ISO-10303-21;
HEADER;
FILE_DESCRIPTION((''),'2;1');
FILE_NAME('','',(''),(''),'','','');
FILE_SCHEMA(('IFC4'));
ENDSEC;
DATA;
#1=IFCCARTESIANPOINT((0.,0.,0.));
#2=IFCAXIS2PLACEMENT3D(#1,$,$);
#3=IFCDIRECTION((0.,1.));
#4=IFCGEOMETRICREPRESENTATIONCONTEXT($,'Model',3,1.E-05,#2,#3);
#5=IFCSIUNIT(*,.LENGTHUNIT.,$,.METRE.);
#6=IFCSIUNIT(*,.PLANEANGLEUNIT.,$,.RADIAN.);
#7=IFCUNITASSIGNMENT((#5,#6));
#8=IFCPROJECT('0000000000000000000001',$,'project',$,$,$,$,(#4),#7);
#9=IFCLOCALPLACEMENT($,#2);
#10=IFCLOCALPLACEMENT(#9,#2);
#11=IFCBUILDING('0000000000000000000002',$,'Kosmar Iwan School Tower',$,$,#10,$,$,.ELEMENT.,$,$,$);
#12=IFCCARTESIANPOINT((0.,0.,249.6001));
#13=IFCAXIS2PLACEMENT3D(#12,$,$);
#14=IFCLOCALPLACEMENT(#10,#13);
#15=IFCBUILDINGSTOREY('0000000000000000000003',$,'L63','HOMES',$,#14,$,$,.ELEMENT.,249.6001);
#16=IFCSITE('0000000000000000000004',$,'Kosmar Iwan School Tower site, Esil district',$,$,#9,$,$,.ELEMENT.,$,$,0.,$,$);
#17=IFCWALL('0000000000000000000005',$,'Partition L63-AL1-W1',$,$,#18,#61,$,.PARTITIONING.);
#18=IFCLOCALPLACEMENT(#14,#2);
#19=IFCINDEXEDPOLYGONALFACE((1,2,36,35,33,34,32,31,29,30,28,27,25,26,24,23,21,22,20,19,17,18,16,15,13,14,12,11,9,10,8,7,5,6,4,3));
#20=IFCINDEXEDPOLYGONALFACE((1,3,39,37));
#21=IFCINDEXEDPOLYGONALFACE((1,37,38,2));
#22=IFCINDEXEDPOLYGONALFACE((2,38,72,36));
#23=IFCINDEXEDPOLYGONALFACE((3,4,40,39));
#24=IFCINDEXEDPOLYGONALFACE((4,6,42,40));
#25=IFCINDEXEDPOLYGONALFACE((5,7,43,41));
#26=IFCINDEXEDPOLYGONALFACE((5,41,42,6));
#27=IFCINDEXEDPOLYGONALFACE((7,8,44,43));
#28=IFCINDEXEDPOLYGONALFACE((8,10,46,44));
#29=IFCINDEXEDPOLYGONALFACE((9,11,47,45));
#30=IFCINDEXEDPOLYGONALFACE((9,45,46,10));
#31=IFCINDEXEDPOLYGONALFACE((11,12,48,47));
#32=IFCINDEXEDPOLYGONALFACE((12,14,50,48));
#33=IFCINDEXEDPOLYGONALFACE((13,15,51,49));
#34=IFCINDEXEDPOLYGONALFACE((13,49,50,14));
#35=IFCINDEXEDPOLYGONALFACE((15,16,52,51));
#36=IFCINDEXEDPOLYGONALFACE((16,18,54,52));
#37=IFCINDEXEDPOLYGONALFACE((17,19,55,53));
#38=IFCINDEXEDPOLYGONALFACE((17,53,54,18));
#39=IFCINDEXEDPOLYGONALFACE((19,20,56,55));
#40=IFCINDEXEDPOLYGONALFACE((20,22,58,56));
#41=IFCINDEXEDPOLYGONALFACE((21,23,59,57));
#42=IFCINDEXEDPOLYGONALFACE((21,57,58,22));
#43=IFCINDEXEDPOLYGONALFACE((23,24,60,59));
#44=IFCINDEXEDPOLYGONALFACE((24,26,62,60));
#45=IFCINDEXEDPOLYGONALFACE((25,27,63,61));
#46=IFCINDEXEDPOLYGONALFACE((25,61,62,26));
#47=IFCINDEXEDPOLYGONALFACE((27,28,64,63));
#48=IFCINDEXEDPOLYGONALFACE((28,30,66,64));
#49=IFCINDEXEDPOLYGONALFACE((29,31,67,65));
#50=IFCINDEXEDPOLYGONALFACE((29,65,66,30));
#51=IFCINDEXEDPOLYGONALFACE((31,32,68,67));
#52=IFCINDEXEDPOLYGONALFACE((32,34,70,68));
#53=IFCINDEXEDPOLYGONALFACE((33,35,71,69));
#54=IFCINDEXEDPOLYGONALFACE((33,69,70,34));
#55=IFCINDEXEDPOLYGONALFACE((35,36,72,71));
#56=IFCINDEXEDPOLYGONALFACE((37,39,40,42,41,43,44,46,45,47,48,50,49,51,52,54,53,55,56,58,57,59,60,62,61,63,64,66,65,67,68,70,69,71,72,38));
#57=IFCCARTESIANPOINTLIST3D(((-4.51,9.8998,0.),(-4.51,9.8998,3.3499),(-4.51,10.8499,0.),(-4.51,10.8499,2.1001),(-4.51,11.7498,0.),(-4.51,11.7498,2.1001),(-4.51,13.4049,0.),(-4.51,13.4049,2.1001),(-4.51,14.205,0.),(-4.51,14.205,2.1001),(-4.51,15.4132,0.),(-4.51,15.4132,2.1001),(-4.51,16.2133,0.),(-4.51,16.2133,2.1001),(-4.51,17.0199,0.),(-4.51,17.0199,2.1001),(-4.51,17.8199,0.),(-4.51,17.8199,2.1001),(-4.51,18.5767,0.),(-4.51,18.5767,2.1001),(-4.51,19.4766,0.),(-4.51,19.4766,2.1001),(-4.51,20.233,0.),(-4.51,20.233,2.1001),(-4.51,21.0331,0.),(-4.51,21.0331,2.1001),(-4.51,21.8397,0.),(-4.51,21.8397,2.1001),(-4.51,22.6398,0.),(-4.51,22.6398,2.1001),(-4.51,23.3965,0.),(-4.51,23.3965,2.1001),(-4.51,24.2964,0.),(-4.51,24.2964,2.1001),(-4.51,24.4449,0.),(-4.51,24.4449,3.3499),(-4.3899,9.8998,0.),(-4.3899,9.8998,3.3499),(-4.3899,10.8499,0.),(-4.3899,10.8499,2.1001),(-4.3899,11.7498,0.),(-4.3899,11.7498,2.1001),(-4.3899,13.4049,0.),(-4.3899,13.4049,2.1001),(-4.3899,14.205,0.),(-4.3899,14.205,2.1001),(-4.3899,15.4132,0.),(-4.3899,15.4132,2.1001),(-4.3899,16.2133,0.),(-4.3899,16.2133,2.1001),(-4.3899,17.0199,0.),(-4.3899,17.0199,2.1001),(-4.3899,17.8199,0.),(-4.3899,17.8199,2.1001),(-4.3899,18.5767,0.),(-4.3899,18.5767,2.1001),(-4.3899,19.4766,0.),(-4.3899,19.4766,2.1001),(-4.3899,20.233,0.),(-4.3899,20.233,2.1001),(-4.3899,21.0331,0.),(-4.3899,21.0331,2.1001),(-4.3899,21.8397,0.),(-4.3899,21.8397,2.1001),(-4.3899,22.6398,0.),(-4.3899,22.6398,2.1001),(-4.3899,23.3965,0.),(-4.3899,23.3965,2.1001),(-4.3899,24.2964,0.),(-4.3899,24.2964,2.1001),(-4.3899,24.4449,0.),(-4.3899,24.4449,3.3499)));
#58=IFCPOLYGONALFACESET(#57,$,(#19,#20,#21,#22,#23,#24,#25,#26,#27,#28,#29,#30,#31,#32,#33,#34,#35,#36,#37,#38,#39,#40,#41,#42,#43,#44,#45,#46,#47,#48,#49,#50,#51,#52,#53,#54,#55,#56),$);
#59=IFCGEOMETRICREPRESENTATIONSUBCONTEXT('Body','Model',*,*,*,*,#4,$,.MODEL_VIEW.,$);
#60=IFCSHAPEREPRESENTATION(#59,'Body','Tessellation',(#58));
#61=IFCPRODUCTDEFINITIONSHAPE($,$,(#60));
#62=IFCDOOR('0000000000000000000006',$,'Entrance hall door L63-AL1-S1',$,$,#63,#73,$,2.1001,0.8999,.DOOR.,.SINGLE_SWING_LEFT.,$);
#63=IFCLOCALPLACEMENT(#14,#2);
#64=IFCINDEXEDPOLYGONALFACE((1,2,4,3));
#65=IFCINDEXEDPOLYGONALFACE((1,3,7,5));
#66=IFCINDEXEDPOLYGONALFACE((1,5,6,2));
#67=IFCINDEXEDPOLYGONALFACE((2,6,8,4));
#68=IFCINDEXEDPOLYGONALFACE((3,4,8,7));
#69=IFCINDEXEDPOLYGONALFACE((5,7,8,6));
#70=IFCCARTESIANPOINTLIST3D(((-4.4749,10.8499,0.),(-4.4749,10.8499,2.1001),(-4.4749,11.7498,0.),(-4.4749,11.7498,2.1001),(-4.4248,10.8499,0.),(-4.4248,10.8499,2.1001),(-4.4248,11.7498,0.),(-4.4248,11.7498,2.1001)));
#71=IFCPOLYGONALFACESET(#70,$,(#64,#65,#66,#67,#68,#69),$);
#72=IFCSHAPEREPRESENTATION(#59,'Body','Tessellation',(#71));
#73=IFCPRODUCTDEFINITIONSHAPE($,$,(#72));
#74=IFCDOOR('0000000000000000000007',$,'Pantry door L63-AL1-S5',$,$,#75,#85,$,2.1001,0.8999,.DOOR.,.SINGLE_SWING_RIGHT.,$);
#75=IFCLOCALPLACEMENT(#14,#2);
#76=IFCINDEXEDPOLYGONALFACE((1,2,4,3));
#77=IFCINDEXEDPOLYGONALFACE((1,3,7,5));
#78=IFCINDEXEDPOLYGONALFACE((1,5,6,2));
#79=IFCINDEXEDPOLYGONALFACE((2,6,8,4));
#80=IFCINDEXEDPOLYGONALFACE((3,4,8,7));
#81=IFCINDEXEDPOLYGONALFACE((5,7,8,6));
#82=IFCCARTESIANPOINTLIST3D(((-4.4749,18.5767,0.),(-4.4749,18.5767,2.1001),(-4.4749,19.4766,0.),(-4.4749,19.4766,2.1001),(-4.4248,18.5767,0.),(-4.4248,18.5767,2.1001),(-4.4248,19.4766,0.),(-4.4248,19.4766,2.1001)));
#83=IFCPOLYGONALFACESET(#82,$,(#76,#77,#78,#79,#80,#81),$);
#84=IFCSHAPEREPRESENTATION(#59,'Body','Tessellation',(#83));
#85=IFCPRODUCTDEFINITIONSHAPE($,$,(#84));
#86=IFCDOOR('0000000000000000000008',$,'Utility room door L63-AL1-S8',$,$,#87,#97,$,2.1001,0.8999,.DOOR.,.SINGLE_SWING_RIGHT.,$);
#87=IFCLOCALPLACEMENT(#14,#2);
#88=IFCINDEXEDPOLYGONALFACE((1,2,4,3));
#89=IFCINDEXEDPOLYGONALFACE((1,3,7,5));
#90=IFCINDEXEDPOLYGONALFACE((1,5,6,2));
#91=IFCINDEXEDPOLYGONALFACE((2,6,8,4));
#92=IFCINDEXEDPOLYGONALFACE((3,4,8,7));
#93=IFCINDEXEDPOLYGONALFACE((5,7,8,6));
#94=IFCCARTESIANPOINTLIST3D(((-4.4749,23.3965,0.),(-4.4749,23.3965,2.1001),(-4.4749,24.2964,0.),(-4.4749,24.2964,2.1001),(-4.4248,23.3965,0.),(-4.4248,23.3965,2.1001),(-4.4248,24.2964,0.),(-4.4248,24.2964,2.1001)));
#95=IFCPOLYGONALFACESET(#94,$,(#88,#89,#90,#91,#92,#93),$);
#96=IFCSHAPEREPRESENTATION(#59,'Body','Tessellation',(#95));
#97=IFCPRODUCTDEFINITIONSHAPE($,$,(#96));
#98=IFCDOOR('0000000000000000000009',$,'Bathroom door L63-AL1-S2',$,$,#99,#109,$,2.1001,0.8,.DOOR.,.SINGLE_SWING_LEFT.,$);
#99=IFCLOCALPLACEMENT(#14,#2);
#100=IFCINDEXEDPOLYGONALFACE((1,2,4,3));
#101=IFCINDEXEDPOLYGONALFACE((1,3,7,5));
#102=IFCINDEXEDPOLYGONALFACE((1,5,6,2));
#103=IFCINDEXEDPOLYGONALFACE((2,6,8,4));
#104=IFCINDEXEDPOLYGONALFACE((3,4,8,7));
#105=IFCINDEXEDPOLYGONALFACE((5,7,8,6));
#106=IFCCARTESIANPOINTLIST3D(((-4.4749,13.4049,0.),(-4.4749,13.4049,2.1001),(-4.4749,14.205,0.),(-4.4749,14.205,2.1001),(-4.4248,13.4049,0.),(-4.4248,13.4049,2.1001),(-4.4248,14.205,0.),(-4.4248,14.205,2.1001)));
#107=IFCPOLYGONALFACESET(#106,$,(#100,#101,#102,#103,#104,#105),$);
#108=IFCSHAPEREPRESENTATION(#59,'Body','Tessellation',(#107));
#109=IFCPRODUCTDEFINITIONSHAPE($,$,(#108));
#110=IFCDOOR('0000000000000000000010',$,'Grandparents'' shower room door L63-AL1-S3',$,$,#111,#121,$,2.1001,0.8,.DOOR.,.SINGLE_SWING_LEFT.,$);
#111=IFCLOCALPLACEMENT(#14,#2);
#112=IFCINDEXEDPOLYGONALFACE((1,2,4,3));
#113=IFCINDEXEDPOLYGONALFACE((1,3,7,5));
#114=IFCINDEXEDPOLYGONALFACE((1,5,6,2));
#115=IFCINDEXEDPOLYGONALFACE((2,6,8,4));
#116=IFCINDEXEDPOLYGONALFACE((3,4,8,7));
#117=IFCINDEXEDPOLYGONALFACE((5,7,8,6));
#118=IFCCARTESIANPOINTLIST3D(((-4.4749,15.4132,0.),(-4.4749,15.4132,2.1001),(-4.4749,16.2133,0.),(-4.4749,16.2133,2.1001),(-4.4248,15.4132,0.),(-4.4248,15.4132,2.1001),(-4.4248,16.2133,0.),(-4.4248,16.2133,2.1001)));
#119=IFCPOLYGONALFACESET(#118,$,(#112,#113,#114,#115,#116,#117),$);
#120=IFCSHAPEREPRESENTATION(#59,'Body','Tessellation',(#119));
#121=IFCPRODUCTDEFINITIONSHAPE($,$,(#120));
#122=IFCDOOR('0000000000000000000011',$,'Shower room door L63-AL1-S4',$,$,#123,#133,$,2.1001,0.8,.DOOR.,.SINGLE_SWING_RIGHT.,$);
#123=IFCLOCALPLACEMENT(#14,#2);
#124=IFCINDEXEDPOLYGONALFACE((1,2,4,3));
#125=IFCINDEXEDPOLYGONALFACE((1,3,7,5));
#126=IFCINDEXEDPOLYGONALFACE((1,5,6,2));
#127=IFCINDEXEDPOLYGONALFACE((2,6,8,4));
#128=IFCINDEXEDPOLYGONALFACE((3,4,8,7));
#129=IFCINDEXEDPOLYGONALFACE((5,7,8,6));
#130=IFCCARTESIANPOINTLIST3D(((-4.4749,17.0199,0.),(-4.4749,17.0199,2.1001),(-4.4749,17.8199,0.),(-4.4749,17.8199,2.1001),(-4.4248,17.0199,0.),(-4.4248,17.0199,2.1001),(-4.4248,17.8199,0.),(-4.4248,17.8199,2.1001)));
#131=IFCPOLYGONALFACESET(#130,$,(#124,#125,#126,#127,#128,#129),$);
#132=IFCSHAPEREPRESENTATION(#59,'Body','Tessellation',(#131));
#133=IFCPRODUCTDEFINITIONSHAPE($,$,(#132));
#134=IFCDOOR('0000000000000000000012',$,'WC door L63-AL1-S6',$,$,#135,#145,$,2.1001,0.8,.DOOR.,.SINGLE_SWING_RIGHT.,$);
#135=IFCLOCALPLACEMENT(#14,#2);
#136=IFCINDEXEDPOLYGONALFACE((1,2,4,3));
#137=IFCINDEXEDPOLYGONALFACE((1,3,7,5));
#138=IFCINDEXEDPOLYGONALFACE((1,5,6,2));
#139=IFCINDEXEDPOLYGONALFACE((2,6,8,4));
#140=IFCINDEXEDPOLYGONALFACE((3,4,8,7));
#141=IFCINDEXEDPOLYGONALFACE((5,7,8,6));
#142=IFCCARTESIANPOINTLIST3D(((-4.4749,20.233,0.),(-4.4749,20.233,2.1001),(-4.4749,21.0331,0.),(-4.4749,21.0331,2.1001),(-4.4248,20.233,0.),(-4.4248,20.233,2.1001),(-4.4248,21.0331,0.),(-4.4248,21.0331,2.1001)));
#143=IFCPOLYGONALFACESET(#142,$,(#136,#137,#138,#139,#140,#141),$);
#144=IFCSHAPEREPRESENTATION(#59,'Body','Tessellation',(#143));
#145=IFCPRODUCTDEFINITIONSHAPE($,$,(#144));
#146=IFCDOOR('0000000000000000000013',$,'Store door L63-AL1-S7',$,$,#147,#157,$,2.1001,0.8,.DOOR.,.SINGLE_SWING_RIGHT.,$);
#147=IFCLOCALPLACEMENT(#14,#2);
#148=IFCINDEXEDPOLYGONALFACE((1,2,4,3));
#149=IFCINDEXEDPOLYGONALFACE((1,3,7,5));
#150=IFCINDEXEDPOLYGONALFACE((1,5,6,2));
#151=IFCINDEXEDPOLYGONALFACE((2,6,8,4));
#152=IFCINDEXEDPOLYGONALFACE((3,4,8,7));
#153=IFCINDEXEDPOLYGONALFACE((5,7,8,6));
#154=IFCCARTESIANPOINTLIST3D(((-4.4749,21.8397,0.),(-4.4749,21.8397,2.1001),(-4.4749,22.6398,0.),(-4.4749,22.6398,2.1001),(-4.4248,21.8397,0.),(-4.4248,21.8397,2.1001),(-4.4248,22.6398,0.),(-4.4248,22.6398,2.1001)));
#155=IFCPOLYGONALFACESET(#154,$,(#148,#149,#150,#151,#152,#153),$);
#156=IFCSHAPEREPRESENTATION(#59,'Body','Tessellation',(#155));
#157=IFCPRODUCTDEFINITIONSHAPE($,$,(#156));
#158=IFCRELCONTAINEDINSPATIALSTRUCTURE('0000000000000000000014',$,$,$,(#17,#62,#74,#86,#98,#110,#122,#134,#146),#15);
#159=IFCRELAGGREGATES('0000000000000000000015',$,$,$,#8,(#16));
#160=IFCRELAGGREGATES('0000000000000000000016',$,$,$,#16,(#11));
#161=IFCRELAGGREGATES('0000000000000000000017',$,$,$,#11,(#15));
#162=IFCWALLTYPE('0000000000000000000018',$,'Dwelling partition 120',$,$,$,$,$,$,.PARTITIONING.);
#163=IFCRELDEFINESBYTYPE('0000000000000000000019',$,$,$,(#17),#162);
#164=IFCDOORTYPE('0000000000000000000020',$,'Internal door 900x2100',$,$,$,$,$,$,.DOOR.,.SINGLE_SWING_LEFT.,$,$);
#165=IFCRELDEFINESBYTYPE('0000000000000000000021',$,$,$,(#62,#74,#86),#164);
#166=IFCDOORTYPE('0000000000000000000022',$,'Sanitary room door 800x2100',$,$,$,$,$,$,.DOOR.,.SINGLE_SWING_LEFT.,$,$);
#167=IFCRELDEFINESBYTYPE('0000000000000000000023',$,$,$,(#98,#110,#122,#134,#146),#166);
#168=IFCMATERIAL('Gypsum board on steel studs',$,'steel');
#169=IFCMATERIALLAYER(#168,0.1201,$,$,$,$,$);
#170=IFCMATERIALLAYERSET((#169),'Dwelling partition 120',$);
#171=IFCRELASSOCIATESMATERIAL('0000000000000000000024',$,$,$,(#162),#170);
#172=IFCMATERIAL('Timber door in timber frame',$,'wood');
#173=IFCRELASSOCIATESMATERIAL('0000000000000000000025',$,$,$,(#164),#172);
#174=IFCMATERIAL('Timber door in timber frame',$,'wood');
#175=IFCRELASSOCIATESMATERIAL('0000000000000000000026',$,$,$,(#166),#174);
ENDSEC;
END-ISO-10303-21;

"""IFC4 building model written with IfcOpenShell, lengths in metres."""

from ifc_helpers import new_model, si_unit, direction, frame, frame_2d, origin, place, context, subcontext, project, spatial, rectangle, extrude, material, layer, layer_set, type_object, element, fill, save


model = new_model("IFC4")

# Units and contexts
model_context = context("Model", 3, precision=1e-05, world=origin(), true_north=direction((0.0, 1.0)))
body_context = subcontext(model_context, "Body", "Model", "MODEL_VIEW")
ifc_project = project(units=[si_unit("LENGTHUNIT", "METRE"), si_unit("PLANEANGLEUNIT", "RADIAN")], contexts=[model_context])

# Site, building, storey
site_placement = place(None, origin())
site = spatial("IfcSite", under=ifc_project, at=site_placement, Name="Kosmar Iwan School Tower site, Esil district", CompositionType="ELEMENT", RefElevation=0.0)
building_placement = place(site_placement, origin())
building = spatial("IfcBuilding", under=site, at=building_placement, Name="Kosmar Iwan School Tower", CompositionType="ELEMENT")
storey_placement = place(building_placement, frame((0.0, 0.0, 249.6001)))
storey = spatial("IfcBuildingStorey", under=building, at=storey_placement, Name="L63", Description="HOMES", CompositionType="ELEMENT", Elevation=249.6001)

# Wall, openings, doors
ifc_material_1 = material(Name="Gypsum board on steel studs", Category="steel")
ifc_layer_1 = layer(ifc_material_1, 0.1201)
ifc_layer_set_1 = layer_set([ifc_layer_1], Name="Dwelling partition 120")
wall_type_1 = type_object("IfcWallType", Name="Dwelling partition 120", PredefinedType="PARTITIONING", material=ifc_layer_set_1)
wall_1_placement = place(storey_placement, frame((-4.45, 9.8999, 0.0), z_axis=(0.0, 0.0, 1.0), x_axis=(0.0, 1.0, 0.0)))
wall_1 = element("IfcWall", 1, at=wall_1_placement, inside=storey, type_object=wall_type_1, Name="Partition L63-AL1-W1", PredefinedType="PARTITIONING", context=body_context, shape_type="SweptSolid", body=[
    extrude(rectangle(XDim=14.5452, YDim=0.1201, at=frame_2d((7.2725, 0.0))), origin(), (0.0, 0.0, 1.0), 3.3499),
])
opening_1_placement = place(wall_1_placement, frame((0.95, 0.0, 0.0)))
opening_1 = element("IfcOpeningElement", 2, at=opening_1_placement, cuts=wall_1, PredefinedType="OPENING", context=body_context, shape_type="SweptSolid", body=[
    extrude(rectangle(XDim=0.8999, YDim=2.1001, at=frame_2d((0.45, 1.05))), frame((0.0, 0.072, 0.0), z_axis=(0.0, -1.0, 0.0), x_axis=(1.0, 0.0, 0.0)), (0.0, 0.0, 1.0), 0.144),
])
opening_2_placement = place(wall_1_placement, frame((3.5051, 0.0, 0.0)))
opening_2 = element("IfcOpeningElement", 3, at=opening_2_placement, cuts=wall_1, PredefinedType="OPENING", context=body_context, shape_type="SweptSolid", body=[
    extrude(rectangle(XDim=0.8, YDim=2.1001, at=frame_2d((0.3999, 1.05))), frame((0.0, 0.072, 0.0), z_axis=(0.0, -1.0, 0.0), x_axis=(1.0, 0.0, 0.0)), (0.0, 0.0, 1.0), 0.144),
])
opening_3_placement = place(wall_1_placement, frame((5.5134, 0.0, 0.0)))
opening_3 = element("IfcOpeningElement", 4, at=opening_3_placement, cuts=wall_1, PredefinedType="OPENING", context=body_context, shape_type="SweptSolid", body=[
    extrude(rectangle(XDim=0.8, YDim=2.1001, at=frame_2d((0.3999, 1.05))), frame((0.0, 0.072, 0.0), z_axis=(0.0, -1.0, 0.0), x_axis=(1.0, 0.0, 0.0)), (0.0, 0.0, 1.0), 0.144),
])
opening_4_placement = place(wall_1_placement, frame((7.1201, 0.0, 0.0)))
opening_4 = element("IfcOpeningElement", 5, at=opening_4_placement, cuts=wall_1, PredefinedType="OPENING", context=body_context, shape_type="SweptSolid", body=[
    extrude(rectangle(XDim=0.8, YDim=2.1001, at=frame_2d((0.3999, 1.05))), frame((0.0, 0.072, 0.0), z_axis=(0.0, -1.0, 0.0), x_axis=(1.0, 0.0, 0.0)), (0.0, 0.0, 1.0), 0.144),
])
opening_5_placement = place(wall_1_placement, frame((8.6768, 0.0, 0.0)))
opening_5 = element("IfcOpeningElement", 6, at=opening_5_placement, cuts=wall_1, PredefinedType="OPENING", context=body_context, shape_type="SweptSolid", body=[
    extrude(rectangle(XDim=0.8999, YDim=2.1001, at=frame_2d((0.45, 1.05))), frame((0.0, 0.072, 0.0), z_axis=(0.0, -1.0, 0.0), x_axis=(1.0, 0.0, 0.0)), (0.0, 0.0, 1.0), 0.144),
])
opening_6_placement = place(wall_1_placement, frame((10.3333, 0.0, 0.0)))
opening_6 = element("IfcOpeningElement", 7, at=opening_6_placement, cuts=wall_1, PredefinedType="OPENING", context=body_context, shape_type="SweptSolid", body=[
    extrude(rectangle(XDim=0.8, YDim=2.1001, at=frame_2d((0.3999, 1.05))), frame((0.0, 0.072, 0.0), z_axis=(0.0, -1.0, 0.0), x_axis=(1.0, 0.0, 0.0)), (0.0, 0.0, 1.0), 0.144),
])
opening_7_placement = place(wall_1_placement, frame((11.9399, 0.0, 0.0)))
opening_7 = element("IfcOpeningElement", 8, at=opening_7_placement, cuts=wall_1, PredefinedType="OPENING", context=body_context, shape_type="SweptSolid", body=[
    extrude(rectangle(XDim=0.8, YDim=2.1001, at=frame_2d((0.3999, 1.05))), frame((0.0, 0.072, 0.0), z_axis=(0.0, -1.0, 0.0), x_axis=(1.0, 0.0, 0.0)), (0.0, 0.0, 1.0), 0.144),
])
opening_8_placement = place(wall_1_placement, frame((13.4966, 0.0, 0.0)))
opening_8 = element("IfcOpeningElement", 9, at=opening_8_placement, cuts=wall_1, PredefinedType="OPENING", context=body_context, shape_type="SweptSolid", body=[
    extrude(rectangle(XDim=0.8999, YDim=2.1001, at=frame_2d((0.45, 1.05))), frame((0.0, 0.072, 0.0), z_axis=(0.0, -1.0, 0.0), x_axis=(1.0, 0.0, 0.0)), (0.0, 0.0, 1.0), 0.144),
])
ifc_material_2 = material(Name="Timber door in timber frame", Category="wood")
door_type_1 = type_object("IfcDoorType", Name="Internal door 900x2100", OperationType="SINGLE_SWING_LEFT", PredefinedType="DOOR", material=ifc_material_2)
door_1_placement = place(opening_1_placement, origin())
door_1 = element("IfcDoor", 10, at=door_1_placement, inside=storey, type_object=door_type_1, Name="Entrance hall door L63-AL1-S1", OperationType="SINGLE_SWING_LEFT", OverallHeight=2.1001, OverallWidth=0.8999, PredefinedType="DOOR", context=body_context, shape_type="SweptSolid", body=[
    extrude(rectangle(XDim=0.8999, YDim=2.1001, at=frame_2d((0.45, 1.05))), frame((0.0, 0.0249, 0.0), z_axis=(0.0, -1.0, 0.0), x_axis=(1.0, 0.0, 0.0)), (0.0, 0.0, 1.0), 0.05),
])
fill(opening_1, door_1)
door_2_placement = place(opening_5_placement, origin())
door_2 = element("IfcDoor", 11, at=door_2_placement, inside=storey, type_object=door_type_1, Name="Pantry door L63-AL1-S5", OperationType="SINGLE_SWING_RIGHT", OverallHeight=2.1001, OverallWidth=0.8999, PredefinedType="DOOR", context=body_context, shape_type="SweptSolid", body=[
    extrude(rectangle(XDim=0.8999, YDim=2.1001, at=frame_2d((0.45, 1.05))), frame((0.0, 0.0249, 0.0), z_axis=(0.0, -1.0, 0.0), x_axis=(1.0, 0.0, 0.0)), (0.0, 0.0, 1.0), 0.05),
])
fill(opening_5, door_2)
door_3_placement = place(opening_8_placement, origin())
door_3 = element("IfcDoor", 12, at=door_3_placement, inside=storey, type_object=door_type_1, Name="Utility room door L63-AL1-S8", OperationType="SINGLE_SWING_RIGHT", OverallHeight=2.1001, OverallWidth=0.8999, PredefinedType="DOOR", context=body_context, shape_type="SweptSolid", body=[
    extrude(rectangle(XDim=0.8999, YDim=2.1001, at=frame_2d((0.45, 1.05))), frame((0.0, 0.0249, 0.0), z_axis=(0.0, -1.0, 0.0), x_axis=(1.0, 0.0, 0.0)), (0.0, 0.0, 1.0), 0.05),
])
fill(opening_8, door_3)
ifc_material_3 = material(Name="Timber door in timber frame", Category="wood")
door_type_2 = type_object("IfcDoorType", Name="Sanitary room door 800x2100", OperationType="SINGLE_SWING_LEFT", PredefinedType="DOOR", material=ifc_material_3)
door_4_placement = place(opening_2_placement, origin())
door_4 = element("IfcDoor", 13, at=door_4_placement, inside=storey, type_object=door_type_2, Name="Bathroom door L63-AL1-S2", OperationType="SINGLE_SWING_LEFT", OverallHeight=2.1001, OverallWidth=0.8, PredefinedType="DOOR", context=body_context, shape_type="SweptSolid", body=[
    extrude(rectangle(XDim=0.8, YDim=2.1001, at=frame_2d((0.3999, 1.05))), frame((0.0, 0.0249, 0.0), z_axis=(0.0, -1.0, 0.0), x_axis=(1.0, 0.0, 0.0)), (0.0, 0.0, 1.0), 0.05),
])
fill(opening_2, door_4)
door_5_placement = place(opening_3_placement, origin())
door_5 = element("IfcDoor", 14, at=door_5_placement, inside=storey, type_object=door_type_2, Name="Grandparents' shower room door L63-AL1-S3", OperationType="SINGLE_SWING_LEFT", OverallHeight=2.1001, OverallWidth=0.8, PredefinedType="DOOR", context=body_context, shape_type="SweptSolid", body=[
    extrude(rectangle(XDim=0.8, YDim=2.1001, at=frame_2d((0.3999, 1.05))), frame((0.0, 0.0249, 0.0), z_axis=(0.0, -1.0, 0.0), x_axis=(1.0, 0.0, 0.0)), (0.0, 0.0, 1.0), 0.05),
])
fill(opening_3, door_5)
door_6_placement = place(opening_4_placement, origin())
door_6 = element("IfcDoor", 15, at=door_6_placement, inside=storey, type_object=door_type_2, Name="Shower room door L63-AL1-S4", OperationType="SINGLE_SWING_RIGHT", OverallHeight=2.1001, OverallWidth=0.8, PredefinedType="DOOR", context=body_context, shape_type="SweptSolid", body=[
    extrude(rectangle(XDim=0.8, YDim=2.1001, at=frame_2d((0.3999, 1.05))), frame((0.0, 0.0249, 0.0), z_axis=(0.0, -1.0, 0.0), x_axis=(1.0, 0.0, 0.0)), (0.0, 0.0, 1.0), 0.05),
])
fill(opening_4, door_6)
door_7_placement = place(opening_6_placement, origin())
door_7 = element("IfcDoor", 16, at=door_7_placement, inside=storey, type_object=door_type_2, Name="WC door L63-AL1-S6", OperationType="SINGLE_SWING_RIGHT", OverallHeight=2.1001, OverallWidth=0.8, PredefinedType="DOOR", context=body_context, shape_type="SweptSolid", body=[
    extrude(rectangle(XDim=0.8, YDim=2.1001, at=frame_2d((0.3999, 1.05))), frame((0.0, 0.0249, 0.0), z_axis=(0.0, -1.0, 0.0), x_axis=(1.0, 0.0, 0.0)), (0.0, 0.0, 1.0), 0.05),
])
fill(opening_6, door_7)
door_8_placement = place(opening_7_placement, origin())
door_8 = element("IfcDoor", 17, at=door_8_placement, inside=storey, type_object=door_type_2, Name="Store door L63-AL1-S7", OperationType="SINGLE_SWING_RIGHT", OverallHeight=2.1001, OverallWidth=0.8, PredefinedType="DOOR", context=body_context, shape_type="SweptSolid", body=[
    extrude(rectangle(XDim=0.8, YDim=2.1001, at=frame_2d((0.3999, 1.05))), frame((0.0, 0.0249, 0.0), z_axis=(0.0, -1.0, 0.0), x_axis=(1.0, 0.0, 0.0)), (0.0, 0.0, 1.0), 0.05),
])
fill(opening_7, door_8)

save(model, "model.ifc")
